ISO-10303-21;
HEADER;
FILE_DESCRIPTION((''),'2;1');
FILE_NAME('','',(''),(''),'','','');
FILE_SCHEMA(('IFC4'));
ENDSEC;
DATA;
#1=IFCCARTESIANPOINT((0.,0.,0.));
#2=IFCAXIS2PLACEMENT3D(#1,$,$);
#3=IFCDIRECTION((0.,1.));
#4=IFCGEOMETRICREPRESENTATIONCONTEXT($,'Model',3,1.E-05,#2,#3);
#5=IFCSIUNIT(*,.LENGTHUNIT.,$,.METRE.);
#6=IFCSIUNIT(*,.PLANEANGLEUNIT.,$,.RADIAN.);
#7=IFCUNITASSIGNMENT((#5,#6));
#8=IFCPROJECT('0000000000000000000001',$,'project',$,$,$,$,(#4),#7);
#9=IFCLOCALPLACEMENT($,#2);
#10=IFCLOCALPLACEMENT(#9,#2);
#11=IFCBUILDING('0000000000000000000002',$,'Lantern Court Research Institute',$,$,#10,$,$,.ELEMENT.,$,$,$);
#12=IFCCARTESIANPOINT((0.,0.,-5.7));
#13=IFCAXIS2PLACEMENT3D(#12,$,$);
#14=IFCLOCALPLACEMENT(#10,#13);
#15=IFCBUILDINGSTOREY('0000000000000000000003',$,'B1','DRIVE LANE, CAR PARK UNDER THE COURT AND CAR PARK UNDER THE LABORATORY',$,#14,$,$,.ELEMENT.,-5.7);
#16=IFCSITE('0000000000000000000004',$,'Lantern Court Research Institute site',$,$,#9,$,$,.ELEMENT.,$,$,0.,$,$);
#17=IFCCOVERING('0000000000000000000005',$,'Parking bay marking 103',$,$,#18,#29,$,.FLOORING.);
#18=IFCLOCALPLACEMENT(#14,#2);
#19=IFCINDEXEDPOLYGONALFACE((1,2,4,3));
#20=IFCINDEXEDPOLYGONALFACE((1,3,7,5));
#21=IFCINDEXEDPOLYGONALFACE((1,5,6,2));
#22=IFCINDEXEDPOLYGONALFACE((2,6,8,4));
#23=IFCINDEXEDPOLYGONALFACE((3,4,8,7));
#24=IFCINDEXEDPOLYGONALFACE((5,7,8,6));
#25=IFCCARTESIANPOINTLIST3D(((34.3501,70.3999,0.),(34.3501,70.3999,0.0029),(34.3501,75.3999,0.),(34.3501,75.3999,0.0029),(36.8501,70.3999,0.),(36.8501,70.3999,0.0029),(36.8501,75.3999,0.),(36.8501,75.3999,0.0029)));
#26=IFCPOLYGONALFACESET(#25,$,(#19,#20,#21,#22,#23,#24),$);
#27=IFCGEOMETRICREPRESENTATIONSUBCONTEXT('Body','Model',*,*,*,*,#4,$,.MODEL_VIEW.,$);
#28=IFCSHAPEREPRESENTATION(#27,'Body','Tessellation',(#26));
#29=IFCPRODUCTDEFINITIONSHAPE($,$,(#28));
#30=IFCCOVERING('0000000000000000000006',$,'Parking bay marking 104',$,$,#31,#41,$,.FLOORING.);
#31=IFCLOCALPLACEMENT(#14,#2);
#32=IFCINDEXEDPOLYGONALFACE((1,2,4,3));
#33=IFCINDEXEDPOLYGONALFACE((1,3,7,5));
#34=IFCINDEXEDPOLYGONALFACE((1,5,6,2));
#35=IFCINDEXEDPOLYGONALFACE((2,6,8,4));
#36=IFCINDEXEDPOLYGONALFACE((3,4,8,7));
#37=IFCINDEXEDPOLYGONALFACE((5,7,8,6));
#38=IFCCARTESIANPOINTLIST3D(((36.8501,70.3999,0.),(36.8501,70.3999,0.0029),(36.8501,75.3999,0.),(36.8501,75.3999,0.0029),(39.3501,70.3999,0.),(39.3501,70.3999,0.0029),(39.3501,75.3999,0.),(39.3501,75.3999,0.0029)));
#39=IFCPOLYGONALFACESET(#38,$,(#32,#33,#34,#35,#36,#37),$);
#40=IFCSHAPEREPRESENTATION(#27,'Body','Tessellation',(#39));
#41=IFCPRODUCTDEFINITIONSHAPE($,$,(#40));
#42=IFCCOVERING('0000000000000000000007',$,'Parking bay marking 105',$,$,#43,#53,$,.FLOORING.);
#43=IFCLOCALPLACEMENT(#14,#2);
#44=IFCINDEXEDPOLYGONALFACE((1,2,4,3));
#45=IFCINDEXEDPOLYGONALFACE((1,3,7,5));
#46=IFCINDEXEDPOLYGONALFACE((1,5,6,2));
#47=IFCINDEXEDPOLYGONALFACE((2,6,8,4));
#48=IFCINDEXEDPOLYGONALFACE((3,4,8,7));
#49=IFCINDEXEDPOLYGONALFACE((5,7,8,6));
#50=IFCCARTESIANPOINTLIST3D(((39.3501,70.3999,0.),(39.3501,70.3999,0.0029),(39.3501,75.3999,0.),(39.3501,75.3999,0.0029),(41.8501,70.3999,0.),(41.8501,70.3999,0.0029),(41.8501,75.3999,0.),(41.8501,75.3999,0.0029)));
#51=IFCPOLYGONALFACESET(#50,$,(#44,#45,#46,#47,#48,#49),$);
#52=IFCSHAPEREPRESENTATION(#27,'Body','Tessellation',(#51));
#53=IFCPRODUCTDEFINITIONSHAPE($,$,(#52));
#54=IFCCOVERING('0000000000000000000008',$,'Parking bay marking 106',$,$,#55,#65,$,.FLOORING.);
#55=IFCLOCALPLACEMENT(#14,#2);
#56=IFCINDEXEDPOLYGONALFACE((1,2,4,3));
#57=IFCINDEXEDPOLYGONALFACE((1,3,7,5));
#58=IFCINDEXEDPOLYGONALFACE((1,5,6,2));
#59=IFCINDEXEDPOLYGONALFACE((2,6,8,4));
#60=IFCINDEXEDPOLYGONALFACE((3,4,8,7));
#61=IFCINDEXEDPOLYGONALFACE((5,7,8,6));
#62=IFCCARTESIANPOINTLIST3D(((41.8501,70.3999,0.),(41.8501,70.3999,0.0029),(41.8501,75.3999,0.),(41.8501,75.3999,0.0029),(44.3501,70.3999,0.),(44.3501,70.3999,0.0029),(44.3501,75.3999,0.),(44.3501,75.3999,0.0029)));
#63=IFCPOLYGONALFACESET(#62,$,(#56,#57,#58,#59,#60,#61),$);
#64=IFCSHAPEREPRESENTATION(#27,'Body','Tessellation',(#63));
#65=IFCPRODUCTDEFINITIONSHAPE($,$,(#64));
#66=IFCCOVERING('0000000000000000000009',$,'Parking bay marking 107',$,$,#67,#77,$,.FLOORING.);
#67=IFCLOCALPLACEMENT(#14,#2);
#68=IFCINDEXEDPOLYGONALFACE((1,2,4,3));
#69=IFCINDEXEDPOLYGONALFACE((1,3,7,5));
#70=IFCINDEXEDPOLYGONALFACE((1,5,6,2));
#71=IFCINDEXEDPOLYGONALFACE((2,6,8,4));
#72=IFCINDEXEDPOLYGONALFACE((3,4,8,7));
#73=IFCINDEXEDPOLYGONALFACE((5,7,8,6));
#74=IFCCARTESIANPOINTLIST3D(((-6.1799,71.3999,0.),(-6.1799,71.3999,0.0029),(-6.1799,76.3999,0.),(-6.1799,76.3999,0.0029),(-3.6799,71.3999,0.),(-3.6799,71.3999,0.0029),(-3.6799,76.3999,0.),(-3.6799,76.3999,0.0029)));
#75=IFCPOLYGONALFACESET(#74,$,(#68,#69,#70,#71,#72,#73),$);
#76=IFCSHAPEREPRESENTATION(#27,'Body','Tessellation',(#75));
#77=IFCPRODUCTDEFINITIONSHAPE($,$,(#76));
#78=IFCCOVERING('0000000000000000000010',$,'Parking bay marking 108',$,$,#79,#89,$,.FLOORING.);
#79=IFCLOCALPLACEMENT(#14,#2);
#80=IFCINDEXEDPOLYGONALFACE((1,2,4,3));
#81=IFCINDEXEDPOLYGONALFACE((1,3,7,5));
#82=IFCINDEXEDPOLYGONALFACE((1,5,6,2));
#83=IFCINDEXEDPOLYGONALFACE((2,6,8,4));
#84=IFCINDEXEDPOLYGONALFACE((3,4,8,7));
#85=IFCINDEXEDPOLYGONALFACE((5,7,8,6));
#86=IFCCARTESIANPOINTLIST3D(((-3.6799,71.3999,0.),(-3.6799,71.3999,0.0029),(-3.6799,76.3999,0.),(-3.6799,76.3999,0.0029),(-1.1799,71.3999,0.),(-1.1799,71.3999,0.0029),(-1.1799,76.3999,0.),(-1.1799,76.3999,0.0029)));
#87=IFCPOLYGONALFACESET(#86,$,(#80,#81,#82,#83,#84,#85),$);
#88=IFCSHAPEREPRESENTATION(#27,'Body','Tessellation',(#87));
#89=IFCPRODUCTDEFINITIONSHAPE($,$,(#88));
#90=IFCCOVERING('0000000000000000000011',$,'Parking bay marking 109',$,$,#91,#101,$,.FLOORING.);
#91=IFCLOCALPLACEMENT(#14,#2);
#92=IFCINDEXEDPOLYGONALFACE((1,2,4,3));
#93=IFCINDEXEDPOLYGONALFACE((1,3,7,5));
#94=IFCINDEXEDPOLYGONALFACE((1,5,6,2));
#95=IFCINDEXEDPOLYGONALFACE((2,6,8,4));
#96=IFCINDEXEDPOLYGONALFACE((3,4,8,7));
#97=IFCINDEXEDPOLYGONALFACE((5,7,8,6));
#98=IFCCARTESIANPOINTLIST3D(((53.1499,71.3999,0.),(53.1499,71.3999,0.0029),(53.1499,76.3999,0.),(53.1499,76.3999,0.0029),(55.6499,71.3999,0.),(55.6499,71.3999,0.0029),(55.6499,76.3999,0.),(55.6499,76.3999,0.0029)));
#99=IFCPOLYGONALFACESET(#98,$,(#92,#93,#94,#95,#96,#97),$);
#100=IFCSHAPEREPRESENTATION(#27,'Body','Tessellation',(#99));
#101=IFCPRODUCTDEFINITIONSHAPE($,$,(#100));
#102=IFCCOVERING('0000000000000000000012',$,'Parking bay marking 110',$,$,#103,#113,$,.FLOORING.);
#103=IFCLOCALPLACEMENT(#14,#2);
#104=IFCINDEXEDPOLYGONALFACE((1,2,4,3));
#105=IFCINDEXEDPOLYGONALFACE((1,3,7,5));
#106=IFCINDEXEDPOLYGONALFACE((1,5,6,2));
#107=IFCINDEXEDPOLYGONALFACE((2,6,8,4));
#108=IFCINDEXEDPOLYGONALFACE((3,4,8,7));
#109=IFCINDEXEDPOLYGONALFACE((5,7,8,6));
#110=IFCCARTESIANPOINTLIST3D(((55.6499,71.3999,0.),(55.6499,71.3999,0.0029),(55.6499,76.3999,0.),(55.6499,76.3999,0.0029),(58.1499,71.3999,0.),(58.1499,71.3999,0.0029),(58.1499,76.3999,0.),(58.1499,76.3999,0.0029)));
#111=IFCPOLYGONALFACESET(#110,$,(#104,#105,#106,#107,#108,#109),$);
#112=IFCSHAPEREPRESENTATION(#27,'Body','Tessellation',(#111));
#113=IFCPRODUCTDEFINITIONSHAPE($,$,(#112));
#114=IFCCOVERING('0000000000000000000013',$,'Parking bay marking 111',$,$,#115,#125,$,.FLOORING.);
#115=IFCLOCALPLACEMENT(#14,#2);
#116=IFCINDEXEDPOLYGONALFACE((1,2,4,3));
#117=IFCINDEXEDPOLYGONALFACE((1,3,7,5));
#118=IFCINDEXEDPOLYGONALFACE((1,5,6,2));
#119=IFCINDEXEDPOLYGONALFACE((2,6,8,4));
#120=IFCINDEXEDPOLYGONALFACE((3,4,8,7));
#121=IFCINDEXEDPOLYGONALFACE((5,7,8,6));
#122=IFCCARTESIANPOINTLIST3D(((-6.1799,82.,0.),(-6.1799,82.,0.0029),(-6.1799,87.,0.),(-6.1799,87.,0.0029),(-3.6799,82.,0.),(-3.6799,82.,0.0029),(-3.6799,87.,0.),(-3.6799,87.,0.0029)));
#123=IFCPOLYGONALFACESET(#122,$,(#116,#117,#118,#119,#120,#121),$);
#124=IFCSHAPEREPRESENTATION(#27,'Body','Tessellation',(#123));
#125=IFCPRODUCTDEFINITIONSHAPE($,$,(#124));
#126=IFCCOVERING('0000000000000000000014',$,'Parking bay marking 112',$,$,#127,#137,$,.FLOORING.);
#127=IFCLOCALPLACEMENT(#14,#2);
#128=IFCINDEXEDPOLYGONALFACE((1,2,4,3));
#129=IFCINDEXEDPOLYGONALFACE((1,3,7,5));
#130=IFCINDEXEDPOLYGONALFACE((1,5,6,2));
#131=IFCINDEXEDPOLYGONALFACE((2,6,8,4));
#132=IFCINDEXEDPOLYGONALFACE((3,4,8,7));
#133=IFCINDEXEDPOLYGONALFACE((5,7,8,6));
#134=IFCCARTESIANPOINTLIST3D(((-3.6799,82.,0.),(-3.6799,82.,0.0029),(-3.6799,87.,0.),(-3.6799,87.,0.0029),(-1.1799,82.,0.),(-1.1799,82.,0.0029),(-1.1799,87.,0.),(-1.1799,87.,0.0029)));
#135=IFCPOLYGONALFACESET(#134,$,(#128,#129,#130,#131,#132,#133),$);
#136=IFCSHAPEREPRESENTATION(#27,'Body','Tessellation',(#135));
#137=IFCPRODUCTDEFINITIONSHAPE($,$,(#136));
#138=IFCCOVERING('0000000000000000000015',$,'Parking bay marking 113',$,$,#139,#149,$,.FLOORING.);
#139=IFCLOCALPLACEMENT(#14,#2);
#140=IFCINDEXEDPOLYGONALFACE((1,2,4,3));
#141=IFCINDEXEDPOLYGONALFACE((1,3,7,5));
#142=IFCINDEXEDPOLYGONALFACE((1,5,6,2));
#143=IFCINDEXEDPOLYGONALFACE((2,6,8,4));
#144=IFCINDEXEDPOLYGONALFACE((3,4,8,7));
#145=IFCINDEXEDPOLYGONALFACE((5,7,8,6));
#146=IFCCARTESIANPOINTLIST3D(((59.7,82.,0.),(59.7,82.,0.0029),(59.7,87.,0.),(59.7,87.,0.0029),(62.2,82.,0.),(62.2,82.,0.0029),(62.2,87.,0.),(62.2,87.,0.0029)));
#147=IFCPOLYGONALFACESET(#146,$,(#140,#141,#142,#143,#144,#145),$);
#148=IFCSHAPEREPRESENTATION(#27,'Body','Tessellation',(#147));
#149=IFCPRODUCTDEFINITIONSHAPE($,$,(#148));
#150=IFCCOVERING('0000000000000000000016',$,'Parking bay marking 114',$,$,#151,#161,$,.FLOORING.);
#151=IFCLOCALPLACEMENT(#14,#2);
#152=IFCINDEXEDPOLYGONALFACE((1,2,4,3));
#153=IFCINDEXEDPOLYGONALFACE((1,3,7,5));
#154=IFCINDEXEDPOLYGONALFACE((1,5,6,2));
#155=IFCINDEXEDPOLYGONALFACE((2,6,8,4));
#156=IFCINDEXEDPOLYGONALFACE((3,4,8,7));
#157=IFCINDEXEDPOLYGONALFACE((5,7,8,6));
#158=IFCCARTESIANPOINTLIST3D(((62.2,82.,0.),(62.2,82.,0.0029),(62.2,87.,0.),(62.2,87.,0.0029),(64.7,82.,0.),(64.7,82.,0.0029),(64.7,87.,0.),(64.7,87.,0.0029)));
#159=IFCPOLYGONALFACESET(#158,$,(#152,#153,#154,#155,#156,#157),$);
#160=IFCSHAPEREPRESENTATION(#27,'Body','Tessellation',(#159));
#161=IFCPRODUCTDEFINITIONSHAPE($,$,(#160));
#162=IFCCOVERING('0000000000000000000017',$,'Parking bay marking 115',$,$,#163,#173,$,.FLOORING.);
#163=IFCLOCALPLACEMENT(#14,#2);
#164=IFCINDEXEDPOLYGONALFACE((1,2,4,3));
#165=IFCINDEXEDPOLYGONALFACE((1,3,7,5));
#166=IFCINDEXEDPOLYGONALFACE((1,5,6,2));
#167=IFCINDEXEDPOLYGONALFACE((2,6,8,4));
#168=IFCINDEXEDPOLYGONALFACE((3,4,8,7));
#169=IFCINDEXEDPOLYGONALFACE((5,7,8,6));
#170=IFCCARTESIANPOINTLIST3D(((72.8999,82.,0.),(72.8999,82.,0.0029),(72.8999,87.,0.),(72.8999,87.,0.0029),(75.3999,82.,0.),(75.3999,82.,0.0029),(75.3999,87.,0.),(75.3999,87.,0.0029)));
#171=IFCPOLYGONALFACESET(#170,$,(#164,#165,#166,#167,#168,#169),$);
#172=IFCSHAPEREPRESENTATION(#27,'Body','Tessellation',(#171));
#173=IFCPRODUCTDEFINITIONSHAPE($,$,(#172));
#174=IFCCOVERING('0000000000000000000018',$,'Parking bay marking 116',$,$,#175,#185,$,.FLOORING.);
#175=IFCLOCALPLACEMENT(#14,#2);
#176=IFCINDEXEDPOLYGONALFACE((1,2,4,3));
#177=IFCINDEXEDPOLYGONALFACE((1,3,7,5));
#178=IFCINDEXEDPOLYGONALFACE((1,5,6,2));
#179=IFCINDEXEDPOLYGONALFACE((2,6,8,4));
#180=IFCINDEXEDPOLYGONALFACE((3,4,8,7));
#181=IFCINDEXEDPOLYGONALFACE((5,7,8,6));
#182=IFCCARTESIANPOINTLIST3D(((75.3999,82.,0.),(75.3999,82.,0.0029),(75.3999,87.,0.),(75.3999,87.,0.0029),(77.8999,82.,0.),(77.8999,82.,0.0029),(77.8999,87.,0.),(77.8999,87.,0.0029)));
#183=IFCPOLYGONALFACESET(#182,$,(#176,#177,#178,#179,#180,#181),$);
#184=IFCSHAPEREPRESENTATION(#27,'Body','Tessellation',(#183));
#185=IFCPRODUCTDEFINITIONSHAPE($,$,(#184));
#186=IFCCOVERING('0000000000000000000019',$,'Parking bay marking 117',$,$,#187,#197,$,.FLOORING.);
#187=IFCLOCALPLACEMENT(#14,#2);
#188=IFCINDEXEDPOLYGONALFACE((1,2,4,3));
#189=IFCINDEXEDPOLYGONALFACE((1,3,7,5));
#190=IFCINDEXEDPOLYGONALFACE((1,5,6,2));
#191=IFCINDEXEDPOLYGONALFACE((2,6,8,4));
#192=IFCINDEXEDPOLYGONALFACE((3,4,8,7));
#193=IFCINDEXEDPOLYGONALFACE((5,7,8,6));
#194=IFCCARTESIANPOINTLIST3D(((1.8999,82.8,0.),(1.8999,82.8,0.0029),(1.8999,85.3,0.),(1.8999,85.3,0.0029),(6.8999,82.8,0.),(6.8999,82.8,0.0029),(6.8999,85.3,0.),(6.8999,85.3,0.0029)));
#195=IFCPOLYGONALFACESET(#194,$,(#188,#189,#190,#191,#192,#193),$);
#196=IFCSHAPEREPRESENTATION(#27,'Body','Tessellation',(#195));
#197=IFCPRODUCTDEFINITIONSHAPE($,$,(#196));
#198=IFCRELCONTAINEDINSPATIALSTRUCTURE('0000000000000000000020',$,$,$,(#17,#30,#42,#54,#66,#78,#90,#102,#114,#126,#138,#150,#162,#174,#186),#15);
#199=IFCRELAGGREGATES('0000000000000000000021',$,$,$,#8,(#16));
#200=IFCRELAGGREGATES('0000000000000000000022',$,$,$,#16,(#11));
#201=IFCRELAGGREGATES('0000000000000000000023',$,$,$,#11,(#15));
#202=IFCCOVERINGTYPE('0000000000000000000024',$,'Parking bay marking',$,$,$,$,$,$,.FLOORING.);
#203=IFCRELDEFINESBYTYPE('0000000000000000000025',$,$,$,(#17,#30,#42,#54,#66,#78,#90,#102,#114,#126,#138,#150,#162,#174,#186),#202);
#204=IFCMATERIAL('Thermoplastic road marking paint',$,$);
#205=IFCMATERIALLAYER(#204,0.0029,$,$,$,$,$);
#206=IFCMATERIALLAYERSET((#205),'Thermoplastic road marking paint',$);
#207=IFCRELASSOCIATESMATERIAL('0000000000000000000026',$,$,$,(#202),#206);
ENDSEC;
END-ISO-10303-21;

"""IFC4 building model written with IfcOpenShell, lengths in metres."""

from ifc_helpers import new_model, si_unit, direction, frame, origin, place, context, subcontext, project, spatial, polyline, outline, extrude, material, layer, layer_set, type_object, element, save


model = new_model("IFC4")

# Units and contexts
model_context = context("Model", 3, precision=1e-05, world=origin(), true_north=direction((0.0, 1.0)))
body_context = subcontext(model_context, "Body", "Model", "MODEL_VIEW")
ifc_project = project(units=[si_unit("LENGTHUNIT", "METRE"), si_unit("PLANEANGLEUNIT", "RADIAN")], contexts=[model_context])

# Site, building, storey
site_placement = place(None, origin())
site = spatial("IfcSite", under=ifc_project, at=site_placement, Name="Lantern Court Research Institute site", CompositionType="ELEMENT", RefElevation=0.0)
building_placement = place(site_placement, origin())
building = spatial("IfcBuilding", under=site, at=building_placement, Name="Lantern Court Research Institute", CompositionType="ELEMENT")
storey_placement = place(building_placement, frame((0.0, 0.0, -5.7)))
storey = spatial("IfcBuildingStorey", under=building, at=storey_placement, Name="B1", Description="DRIVE LANE, CAR PARK UNDER THE COURT AND CAR PARK UNDER THE LABORATORY", CompositionType="ELEMENT", Elevation=-5.7)

# Coverings
ifc_material = material(Name="Thermoplastic road marking paint")
ifc_layer = layer(ifc_material, 0.0029)
ifc_layer_set = layer_set([ifc_layer], Name="Thermoplastic road marking paint")
covering_type = type_object("IfcCoveringType", Name="Parking bay marking", PredefinedType="FLOORING", material=ifc_layer_set)
covering_1_placement = place(storey_placement, origin())
element("IfcCovering", 1, at=covering_1_placement, inside=storey, type_object=covering_type, Name="Parking bay marking 103", PredefinedType="FLOORING", context=body_context, shape_type="SweptSolid", body=[
    extrude(outline(polyline([(34.3501, 70.3999), (36.8501, 70.3999), (36.8501, 75.3999), (34.3501, 75.3999), (34.3501, 70.3999)])), origin(), (0.0, 0.0, 1.0), 0.0029),
])
covering_2_placement = place(storey_placement, origin())
element("IfcCovering", 2, at=covering_2_placement, inside=storey, type_object=covering_type, Name="Parking bay marking 104", PredefinedType="FLOORING", context=body_context, shape_type="SweptSolid", body=[
    extrude(outline(polyline([(36.8501, 70.3999), (39.3501, 70.3999), (39.3501, 75.3999), (36.8501, 75.3999), (36.8501, 70.3999)])), origin(), (0.0, 0.0, 1.0), 0.0029),
])
covering_3_placement = place(storey_placement, origin())
element("IfcCovering", 3, at=covering_3_placement, inside=storey, type_object=covering_type, Name="Parking bay marking 105", PredefinedType="FLOORING", context=body_context, shape_type="SweptSolid", body=[
    extrude(outline(polyline([(39.3501, 70.3999), (41.8501, 70.3999), (41.8501, 75.3999), (39.3501, 75.3999), (39.3501, 70.3999)])), origin(), (0.0, 0.0, 1.0), 0.0029),
])
covering_4_placement = place(storey_placement, origin())
element("IfcCovering", 4, at=covering_4_placement, inside=storey, type_object=covering_type, Name="Parking bay marking 106", PredefinedType="FLOORING", context=body_context, shape_type="SweptSolid", body=[
    extrude(outline(polyline([(41.8501, 70.3999), (44.3501, 70.3999), (44.3501, 75.3999), (41.8501, 75.3999), (41.8501, 70.3999)])), origin(), (0.0, 0.0, 1.0), 0.0029),
])
covering_5_placement = place(storey_placement, origin())
element("IfcCovering", 5, at=covering_5_placement, inside=storey, type_object=covering_type, Name="Parking bay marking 107", PredefinedType="FLOORING", context=body_context, shape_type="SweptSolid", body=[
    extrude(outline(polyline([(-6.1799, 71.3999), (-3.6799, 71.3999), (-3.6799, 76.3999), (-6.1799, 76.3999), (-6.1799, 71.3999)])), origin(), (0.0, 0.0, 1.0), 0.0029),
])
covering_6_placement = place(storey_placement, origin())
element("IfcCovering", 6, at=covering_6_placement, inside=storey, type_object=covering_type, Name="Parking bay marking 108", PredefinedType="FLOORING", context=body_context, shape_type="SweptSolid", body=[
    extrude(outline(polyline([(-3.6799, 71.3999), (-1.1799, 71.3999), (-1.1799, 76.3999), (-3.6799, 76.3999), (-3.6799, 71.3999)])), origin(), (0.0, 0.0, 1.0), 0.0029),
])
covering_7_placement = place(storey_placement, origin())
element("IfcCovering", 7, at=covering_7_placement, inside=storey, type_object=covering_type, Name="Parking bay marking 109", PredefinedType="FLOORING", context=body_context, shape_type="SweptSolid", body=[
    extrude(outline(polyline([(53.1499, 71.3999), (55.6499, 71.3999), (55.6499, 76.3999), (53.1499, 76.3999), (53.1499, 71.3999)])), origin(), (0.0, 0.0, 1.0), 0.0029),
])
covering_8_placement = place(storey_placement, origin())
element("IfcCovering", 8, at=covering_8_placement, inside=storey, type_object=covering_type, Name="Parking bay marking 110", PredefinedType="FLOORING", context=body_context, shape_type="SweptSolid", body=[
    extrude(outline(polyline([(55.6499, 71.3999), (58.1499, 71.3999), (58.1499, 76.3999), (55.6499, 76.3999), (55.6499, 71.3999)])), origin(), (0.0, 0.0, 1.0), 0.0029),
])
covering_9_placement = place(storey_placement, origin())
element("IfcCovering", 9, at=covering_9_placement, inside=storey, type_object=covering_type, Name="Parking bay marking 111", PredefinedType="FLOORING", context=body_context, shape_type="SweptSolid", body=[
    extrude(outline(polyline([(-6.1799, 82.0), (-3.6799, 82.0), (-3.6799, 87.0), (-6.1799, 87.0), (-6.1799, 82.0)])), origin(), (0.0, 0.0, 1.0), 0.0029),
])
covering_10_placement = place(storey_placement, origin())
element("IfcCovering", 10, at=covering_10_placement, inside=storey, type_object=covering_type, Name="Parking bay marking 112", PredefinedType="FLOORING", context=body_context, shape_type="SweptSolid", body=[
    extrude(outline(polyline([(-3.6799, 82.0), (-1.1799, 82.0), (-1.1799, 87.0), (-3.6799, 87.0), (-3.6799, 82.0)])), origin(), (0.0, 0.0, 1.0), 0.0029),
])
covering_11_placement = place(storey_placement, origin())
element("IfcCovering", 11, at=covering_11_placement, inside=storey, type_object=covering_type, Name="Parking bay marking 113", PredefinedType="FLOORING", context=body_context, shape_type="SweptSolid", body=[
    extrude(outline(polyline([(59.7, 82.0), (62.2, 82.0), (62.2, 87.0), (59.7, 87.0), (59.7, 82.0)])), origin(), (0.0, 0.0, 1.0), 0.0029),
])
covering_12_placement = place(storey_placement, origin())
element("IfcCovering", 12, at=covering_12_placement, inside=storey, type_object=covering_type, Name="Parking bay marking 114", PredefinedType="FLOORING", context=body_context, shape_type="SweptSolid", body=[
    extrude(outline(polyline([(62.2, 82.0), (64.7, 82.0), (64.7, 87.0), (62.2, 87.0), (62.2, 82.0)])), origin(), (0.0, 0.0, 1.0), 0.0029),
])
covering_13_placement = place(storey_placement, origin())
element("IfcCovering", 13, at=covering_13_placement, inside=storey, type_object=covering_type, Name="Parking bay marking 115", PredefinedType="FLOORING", context=body_context, shape_type="SweptSolid", body=[
    extrude(outline(polyline([(72.8999, 82.0), (75.3999, 82.0), (75.3999, 87.0), (72.8999, 87.0), (72.8999, 82.0)])), origin(), (0.0, 0.0, 1.0), 0.0029),
])
covering_14_placement = place(storey_placement, origin())
element("IfcCovering", 14, at=covering_14_placement, inside=storey, type_object=covering_type, Name="Parking bay marking 116", PredefinedType="FLOORING", context=body_context, shape_type="SweptSolid", body=[
    extrude(outline(polyline([(75.3999, 82.0), (77.8999, 82.0), (77.8999, 87.0), (75.3999, 87.0), (75.3999, 82.0)])), origin(), (0.0, 0.0, 1.0), 0.0029),
])
covering_15_placement = place(storey_placement, origin())
element("IfcCovering", 15, at=covering_15_placement, inside=storey, type_object=covering_type, Name="Parking bay marking 117", PredefinedType="FLOORING", context=body_context, shape_type="SweptSolid", body=[
    extrude(outline(polyline([(1.8999, 82.8), (6.8999, 82.8), (6.8999, 85.3), (1.8999, 85.3), (1.8999, 82.8)])), origin(), (0.0, 0.0, 1.0), 0.0029),
])

save(model, "model.ifc")
